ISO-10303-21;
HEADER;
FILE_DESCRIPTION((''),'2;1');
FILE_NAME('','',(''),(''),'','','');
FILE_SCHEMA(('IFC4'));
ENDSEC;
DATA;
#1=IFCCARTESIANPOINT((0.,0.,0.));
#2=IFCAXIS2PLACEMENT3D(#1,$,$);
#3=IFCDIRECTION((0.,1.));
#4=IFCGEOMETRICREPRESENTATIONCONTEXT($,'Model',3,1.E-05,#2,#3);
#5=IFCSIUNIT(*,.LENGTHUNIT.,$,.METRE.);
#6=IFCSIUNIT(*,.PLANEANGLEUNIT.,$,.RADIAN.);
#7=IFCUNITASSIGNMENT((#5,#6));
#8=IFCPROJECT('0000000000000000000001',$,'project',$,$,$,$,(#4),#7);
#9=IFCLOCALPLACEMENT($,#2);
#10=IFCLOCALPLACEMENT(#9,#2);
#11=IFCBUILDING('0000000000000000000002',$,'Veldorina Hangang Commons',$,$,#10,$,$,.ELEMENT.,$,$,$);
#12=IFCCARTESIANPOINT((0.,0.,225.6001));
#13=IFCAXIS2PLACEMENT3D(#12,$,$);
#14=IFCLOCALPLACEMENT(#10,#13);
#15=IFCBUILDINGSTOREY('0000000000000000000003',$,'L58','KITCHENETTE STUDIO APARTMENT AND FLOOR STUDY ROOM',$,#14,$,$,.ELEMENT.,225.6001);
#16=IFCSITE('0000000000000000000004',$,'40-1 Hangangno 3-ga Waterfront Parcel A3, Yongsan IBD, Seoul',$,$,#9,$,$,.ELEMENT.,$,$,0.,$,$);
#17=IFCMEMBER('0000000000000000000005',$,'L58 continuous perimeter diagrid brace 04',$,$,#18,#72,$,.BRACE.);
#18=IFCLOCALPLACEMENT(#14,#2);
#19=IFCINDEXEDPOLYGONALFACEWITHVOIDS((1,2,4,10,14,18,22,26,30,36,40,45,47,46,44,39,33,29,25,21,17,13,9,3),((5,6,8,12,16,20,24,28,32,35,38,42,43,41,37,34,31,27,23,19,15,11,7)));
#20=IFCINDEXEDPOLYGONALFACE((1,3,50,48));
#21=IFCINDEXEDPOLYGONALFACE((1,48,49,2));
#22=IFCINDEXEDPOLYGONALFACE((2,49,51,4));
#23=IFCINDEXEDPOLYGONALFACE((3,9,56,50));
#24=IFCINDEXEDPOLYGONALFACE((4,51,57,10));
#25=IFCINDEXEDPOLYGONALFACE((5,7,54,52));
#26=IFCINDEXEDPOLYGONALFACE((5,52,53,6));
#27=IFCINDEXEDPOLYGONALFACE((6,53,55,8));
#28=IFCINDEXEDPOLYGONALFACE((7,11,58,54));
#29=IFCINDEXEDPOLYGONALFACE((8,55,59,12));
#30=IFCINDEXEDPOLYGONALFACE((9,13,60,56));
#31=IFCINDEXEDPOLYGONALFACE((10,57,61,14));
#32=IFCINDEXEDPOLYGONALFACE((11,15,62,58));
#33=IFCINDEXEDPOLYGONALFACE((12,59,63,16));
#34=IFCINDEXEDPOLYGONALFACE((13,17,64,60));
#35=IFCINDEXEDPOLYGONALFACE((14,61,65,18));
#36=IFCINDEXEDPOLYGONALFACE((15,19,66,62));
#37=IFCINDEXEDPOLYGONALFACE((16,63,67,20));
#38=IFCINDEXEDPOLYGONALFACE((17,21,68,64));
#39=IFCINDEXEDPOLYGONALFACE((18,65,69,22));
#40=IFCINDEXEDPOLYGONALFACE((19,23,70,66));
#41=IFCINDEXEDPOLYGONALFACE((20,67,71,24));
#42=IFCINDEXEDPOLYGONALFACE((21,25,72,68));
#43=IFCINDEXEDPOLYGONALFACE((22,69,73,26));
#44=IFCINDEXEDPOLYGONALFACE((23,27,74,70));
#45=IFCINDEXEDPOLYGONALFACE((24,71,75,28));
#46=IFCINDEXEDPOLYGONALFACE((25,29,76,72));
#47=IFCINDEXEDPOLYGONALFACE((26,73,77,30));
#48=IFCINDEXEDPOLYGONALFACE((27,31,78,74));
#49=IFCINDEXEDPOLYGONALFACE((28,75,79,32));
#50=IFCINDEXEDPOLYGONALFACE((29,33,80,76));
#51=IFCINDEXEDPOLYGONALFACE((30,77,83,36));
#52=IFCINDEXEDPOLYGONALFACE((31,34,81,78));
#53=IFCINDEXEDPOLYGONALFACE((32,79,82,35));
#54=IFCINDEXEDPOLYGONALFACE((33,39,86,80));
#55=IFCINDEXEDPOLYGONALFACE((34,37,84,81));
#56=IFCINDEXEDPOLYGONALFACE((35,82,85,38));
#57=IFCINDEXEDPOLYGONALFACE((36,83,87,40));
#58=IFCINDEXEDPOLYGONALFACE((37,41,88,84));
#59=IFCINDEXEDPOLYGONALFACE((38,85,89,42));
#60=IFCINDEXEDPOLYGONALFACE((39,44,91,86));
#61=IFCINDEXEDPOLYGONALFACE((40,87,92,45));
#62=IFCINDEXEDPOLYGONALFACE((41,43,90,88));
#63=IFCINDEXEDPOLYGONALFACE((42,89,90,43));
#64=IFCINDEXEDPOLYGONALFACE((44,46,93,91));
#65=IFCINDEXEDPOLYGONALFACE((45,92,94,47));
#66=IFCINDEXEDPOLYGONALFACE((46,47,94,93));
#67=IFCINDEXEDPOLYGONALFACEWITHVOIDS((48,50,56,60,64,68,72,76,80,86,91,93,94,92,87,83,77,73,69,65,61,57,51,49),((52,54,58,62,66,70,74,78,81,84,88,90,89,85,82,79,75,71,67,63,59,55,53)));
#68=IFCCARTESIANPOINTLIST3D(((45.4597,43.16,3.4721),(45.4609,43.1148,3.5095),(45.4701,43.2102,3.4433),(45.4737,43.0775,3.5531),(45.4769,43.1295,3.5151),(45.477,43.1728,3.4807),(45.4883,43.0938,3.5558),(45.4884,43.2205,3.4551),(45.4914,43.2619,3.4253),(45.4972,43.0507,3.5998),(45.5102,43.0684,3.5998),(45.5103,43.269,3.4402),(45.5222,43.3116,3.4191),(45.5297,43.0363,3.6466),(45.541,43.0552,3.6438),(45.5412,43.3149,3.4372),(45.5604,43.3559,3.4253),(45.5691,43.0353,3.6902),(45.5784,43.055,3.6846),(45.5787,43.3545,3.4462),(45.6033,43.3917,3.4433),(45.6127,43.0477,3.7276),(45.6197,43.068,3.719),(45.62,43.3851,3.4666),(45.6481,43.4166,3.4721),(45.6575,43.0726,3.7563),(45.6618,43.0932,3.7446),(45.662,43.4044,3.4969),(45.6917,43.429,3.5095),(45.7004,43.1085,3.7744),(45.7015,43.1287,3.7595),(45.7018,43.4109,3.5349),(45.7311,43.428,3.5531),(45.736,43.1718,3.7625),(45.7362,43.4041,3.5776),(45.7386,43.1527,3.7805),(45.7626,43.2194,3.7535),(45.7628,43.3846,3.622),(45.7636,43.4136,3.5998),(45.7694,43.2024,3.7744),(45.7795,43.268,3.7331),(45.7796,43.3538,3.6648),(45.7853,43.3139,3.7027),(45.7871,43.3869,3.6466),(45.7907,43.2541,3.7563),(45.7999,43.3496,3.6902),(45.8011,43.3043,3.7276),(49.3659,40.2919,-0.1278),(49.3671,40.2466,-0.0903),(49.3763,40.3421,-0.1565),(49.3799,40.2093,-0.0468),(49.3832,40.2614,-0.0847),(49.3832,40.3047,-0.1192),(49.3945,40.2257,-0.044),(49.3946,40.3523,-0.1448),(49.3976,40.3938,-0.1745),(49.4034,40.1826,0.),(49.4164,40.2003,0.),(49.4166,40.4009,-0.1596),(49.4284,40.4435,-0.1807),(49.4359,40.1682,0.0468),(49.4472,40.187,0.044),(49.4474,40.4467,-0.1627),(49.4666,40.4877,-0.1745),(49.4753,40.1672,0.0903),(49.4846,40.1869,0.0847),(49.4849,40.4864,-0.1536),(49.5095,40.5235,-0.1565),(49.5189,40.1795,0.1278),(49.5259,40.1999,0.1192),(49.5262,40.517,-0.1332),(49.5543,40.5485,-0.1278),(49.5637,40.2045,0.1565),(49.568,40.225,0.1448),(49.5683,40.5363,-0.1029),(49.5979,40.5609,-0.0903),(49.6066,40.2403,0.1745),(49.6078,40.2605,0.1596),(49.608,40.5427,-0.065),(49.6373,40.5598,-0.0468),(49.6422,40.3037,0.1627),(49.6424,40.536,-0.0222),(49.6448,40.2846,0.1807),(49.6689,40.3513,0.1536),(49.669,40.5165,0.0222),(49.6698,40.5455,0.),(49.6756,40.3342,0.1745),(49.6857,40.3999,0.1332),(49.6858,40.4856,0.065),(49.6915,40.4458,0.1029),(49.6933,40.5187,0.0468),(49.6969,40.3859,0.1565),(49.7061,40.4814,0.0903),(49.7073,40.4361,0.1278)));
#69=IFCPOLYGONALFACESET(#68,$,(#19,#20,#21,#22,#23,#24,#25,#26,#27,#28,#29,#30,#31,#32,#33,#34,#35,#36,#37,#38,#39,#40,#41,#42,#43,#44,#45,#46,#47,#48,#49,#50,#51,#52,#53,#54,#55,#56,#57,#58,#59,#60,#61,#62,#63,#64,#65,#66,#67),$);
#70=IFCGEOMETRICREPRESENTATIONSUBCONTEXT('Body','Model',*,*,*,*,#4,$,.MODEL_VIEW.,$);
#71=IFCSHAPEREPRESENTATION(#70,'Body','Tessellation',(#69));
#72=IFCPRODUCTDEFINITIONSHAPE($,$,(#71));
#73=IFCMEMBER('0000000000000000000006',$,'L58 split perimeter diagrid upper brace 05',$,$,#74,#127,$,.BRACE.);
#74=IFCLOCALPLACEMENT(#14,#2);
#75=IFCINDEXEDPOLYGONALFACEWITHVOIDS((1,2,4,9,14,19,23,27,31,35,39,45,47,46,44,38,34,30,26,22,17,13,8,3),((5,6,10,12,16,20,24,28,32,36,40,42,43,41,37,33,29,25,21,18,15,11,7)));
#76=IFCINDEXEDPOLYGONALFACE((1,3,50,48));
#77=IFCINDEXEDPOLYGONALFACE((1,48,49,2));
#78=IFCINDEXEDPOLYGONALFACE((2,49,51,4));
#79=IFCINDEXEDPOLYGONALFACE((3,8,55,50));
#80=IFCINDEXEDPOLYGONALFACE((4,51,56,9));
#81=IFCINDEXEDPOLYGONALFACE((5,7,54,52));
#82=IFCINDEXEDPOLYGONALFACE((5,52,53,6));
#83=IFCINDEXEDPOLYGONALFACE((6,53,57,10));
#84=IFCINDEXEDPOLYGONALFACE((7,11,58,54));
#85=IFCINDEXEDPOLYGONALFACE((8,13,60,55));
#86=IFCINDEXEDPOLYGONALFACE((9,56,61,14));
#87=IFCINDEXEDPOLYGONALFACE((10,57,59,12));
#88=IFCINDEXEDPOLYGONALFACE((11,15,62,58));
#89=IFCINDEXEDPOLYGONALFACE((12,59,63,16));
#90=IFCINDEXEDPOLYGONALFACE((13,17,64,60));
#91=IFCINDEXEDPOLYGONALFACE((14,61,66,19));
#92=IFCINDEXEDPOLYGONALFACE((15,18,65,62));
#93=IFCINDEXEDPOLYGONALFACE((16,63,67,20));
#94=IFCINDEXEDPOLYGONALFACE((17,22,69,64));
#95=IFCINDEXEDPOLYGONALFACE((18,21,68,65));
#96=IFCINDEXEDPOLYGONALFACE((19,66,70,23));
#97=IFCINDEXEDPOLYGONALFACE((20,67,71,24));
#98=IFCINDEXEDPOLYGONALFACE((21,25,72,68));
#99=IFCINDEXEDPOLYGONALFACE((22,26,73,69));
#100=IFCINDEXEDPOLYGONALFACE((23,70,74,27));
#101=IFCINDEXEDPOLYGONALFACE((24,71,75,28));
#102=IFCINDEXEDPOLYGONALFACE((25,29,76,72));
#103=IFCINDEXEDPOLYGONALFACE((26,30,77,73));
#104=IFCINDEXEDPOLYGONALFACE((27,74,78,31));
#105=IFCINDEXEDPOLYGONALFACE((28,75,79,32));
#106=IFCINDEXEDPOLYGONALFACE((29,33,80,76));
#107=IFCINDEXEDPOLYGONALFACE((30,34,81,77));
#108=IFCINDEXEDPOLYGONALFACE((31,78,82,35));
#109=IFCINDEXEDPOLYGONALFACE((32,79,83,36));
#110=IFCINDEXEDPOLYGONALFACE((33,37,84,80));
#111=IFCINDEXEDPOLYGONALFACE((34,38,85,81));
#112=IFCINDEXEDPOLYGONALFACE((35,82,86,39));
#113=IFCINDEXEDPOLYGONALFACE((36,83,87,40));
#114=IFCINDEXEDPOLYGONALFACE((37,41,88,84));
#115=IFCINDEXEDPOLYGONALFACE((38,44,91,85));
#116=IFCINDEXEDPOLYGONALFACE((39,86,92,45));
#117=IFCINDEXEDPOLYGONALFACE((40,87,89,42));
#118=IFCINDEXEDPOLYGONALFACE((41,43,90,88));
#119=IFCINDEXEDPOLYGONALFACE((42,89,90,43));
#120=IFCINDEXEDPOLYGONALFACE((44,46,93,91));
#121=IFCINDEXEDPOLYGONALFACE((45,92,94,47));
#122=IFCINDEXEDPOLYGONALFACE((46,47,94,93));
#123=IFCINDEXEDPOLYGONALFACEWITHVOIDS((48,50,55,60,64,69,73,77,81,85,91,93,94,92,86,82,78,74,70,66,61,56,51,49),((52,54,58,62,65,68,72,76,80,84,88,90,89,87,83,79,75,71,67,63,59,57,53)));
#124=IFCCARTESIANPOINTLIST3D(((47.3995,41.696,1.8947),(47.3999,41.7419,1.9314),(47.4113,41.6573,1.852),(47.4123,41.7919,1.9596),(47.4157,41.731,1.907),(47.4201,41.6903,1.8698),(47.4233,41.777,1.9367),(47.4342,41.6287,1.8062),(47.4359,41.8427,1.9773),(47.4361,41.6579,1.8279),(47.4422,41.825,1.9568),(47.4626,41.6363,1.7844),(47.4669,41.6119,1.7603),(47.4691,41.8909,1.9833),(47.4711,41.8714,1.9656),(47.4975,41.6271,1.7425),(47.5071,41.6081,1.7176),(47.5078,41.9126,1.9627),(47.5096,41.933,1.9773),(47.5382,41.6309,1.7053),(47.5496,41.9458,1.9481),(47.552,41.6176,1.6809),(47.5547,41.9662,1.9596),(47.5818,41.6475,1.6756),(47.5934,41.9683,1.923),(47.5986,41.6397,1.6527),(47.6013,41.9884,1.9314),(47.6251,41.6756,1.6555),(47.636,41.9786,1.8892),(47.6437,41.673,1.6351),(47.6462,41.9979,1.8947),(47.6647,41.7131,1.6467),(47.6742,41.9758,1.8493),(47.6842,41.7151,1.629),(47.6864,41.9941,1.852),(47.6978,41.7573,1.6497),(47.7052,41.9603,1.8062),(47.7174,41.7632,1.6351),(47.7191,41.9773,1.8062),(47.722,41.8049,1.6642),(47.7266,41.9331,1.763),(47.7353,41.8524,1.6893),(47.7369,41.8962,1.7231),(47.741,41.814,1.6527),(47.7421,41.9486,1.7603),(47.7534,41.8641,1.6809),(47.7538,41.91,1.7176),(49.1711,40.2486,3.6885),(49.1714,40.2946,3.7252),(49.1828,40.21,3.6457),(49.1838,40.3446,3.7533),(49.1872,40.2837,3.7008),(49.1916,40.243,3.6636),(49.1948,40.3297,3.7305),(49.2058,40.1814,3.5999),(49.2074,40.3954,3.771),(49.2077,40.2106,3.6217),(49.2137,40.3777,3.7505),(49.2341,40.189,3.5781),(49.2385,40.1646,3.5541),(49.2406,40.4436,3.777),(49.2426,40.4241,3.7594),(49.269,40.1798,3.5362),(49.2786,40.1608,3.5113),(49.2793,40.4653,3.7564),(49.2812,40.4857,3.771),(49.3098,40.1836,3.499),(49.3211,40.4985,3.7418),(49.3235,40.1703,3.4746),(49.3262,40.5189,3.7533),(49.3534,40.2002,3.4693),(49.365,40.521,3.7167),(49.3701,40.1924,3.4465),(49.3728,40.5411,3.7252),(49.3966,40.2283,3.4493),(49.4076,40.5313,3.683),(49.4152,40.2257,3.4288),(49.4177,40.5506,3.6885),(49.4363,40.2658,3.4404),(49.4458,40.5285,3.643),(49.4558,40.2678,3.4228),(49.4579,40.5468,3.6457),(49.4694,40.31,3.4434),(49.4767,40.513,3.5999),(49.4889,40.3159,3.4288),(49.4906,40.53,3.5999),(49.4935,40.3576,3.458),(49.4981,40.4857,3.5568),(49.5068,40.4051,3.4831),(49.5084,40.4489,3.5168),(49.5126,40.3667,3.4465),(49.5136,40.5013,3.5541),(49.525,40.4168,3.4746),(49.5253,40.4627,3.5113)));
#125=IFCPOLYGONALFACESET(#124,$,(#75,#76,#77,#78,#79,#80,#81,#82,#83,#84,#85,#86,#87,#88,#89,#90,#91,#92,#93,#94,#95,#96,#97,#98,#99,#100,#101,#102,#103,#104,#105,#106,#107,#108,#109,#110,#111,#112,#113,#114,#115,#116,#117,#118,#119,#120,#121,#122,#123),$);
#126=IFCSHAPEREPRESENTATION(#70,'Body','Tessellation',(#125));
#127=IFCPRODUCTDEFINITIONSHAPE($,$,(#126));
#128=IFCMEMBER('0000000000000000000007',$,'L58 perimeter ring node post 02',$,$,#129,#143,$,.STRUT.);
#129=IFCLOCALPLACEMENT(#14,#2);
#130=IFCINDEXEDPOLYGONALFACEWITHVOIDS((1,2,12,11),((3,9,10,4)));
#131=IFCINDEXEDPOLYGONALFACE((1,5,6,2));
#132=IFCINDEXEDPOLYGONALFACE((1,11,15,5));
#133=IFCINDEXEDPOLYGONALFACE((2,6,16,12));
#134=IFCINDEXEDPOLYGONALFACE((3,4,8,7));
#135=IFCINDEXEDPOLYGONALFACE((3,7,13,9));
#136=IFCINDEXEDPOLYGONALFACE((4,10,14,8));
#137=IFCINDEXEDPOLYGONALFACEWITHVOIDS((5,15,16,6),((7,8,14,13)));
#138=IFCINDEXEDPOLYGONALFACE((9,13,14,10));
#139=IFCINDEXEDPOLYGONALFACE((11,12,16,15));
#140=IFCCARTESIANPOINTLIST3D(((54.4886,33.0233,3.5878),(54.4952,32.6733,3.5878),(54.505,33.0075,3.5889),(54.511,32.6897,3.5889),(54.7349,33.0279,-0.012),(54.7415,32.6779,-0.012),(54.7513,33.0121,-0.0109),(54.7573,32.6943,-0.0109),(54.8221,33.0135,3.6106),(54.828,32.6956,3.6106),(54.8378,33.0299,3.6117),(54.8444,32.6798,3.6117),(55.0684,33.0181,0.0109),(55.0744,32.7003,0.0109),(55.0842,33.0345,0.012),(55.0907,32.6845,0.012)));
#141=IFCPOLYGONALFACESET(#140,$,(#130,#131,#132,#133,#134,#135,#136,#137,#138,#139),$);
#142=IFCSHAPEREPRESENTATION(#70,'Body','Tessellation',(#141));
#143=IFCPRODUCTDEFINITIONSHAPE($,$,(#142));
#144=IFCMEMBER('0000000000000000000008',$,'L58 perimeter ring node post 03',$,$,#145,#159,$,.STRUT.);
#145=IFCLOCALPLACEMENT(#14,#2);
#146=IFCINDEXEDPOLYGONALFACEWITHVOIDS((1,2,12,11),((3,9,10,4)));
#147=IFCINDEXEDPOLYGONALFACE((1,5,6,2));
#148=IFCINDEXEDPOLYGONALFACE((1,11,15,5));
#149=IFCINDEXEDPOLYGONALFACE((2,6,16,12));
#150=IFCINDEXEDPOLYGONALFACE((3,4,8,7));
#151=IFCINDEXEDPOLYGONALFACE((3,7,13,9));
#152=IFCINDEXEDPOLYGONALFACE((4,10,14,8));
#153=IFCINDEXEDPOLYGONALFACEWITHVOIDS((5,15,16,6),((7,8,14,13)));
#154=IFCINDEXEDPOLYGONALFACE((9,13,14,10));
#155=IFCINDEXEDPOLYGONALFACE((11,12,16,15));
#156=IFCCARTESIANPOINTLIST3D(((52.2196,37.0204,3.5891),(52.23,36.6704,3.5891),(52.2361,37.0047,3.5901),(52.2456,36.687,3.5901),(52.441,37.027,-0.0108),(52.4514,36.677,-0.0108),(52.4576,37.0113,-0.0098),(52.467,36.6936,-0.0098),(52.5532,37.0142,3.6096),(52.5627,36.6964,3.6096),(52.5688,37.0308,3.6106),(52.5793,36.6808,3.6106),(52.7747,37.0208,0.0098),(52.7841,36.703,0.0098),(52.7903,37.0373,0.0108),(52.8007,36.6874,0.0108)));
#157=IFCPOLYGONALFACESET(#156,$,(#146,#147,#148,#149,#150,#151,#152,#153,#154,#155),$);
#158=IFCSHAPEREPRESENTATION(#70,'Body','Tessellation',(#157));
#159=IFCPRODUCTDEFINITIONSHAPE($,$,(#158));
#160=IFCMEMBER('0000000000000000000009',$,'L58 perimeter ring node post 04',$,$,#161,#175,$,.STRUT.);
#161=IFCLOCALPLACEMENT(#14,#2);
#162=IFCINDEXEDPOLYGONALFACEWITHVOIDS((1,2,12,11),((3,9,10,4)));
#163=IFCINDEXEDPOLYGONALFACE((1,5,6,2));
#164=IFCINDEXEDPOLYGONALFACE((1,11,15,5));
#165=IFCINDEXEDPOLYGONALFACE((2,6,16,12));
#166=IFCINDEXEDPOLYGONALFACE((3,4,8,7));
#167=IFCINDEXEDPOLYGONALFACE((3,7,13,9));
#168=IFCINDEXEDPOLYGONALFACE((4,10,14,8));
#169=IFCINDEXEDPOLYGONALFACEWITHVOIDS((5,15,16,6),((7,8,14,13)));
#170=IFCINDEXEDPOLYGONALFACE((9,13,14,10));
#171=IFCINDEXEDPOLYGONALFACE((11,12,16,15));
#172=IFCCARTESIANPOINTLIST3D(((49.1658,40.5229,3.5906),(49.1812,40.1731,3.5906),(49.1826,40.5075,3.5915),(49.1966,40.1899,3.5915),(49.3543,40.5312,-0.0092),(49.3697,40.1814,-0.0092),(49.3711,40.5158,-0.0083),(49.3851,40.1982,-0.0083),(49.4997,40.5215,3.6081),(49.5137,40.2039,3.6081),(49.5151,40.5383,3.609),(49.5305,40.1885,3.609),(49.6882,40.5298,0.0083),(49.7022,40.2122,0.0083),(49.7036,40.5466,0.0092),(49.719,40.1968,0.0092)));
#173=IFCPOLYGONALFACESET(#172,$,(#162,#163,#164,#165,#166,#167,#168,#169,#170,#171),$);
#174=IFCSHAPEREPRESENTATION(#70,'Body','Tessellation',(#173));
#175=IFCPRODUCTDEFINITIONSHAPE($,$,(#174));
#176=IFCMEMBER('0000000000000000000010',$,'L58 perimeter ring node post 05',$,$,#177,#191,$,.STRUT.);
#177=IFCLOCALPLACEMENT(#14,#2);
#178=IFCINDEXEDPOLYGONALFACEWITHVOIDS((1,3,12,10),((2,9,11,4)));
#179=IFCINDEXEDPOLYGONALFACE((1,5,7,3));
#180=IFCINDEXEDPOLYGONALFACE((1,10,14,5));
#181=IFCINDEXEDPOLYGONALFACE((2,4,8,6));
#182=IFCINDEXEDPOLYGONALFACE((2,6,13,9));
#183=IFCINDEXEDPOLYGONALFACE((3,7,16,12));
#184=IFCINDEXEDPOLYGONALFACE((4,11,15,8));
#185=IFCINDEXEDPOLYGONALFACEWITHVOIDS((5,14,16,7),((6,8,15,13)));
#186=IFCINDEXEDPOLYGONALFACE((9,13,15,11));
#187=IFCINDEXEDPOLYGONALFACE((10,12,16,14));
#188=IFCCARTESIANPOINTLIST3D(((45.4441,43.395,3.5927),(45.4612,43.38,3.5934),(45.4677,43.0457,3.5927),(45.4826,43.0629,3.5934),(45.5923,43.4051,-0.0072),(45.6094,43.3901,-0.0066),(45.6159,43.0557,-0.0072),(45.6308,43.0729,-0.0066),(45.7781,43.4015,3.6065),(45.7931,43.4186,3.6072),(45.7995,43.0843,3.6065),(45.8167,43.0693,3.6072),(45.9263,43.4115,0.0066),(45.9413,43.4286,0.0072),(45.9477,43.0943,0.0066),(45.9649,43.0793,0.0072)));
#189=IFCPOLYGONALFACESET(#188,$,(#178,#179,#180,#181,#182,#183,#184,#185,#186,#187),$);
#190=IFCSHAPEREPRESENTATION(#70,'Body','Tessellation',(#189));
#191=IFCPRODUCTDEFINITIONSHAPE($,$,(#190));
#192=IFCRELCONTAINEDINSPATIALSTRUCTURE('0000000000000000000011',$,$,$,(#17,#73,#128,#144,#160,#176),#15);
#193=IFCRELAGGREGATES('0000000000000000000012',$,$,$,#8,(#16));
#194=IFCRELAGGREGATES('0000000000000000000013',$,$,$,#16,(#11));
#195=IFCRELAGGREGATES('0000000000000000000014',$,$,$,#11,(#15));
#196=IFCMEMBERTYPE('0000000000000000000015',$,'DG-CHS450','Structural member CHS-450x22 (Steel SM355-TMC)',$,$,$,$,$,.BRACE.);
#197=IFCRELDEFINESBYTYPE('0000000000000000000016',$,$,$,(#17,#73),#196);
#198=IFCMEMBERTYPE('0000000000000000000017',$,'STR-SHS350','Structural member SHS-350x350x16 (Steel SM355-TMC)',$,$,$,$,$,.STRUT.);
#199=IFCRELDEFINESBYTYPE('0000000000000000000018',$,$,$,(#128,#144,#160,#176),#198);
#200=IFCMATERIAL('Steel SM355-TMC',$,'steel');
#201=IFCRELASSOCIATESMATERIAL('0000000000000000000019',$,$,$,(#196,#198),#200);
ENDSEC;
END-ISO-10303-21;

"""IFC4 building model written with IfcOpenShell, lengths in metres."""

from ifc_helpers import new_model, si_unit, direction, frame, origin, origin_2d, place, context, subcontext, project, spatial, hollow_rectangle, hollow_circle, extrude, material, material_profile, profile_set, type_object, element, save


model = new_model("IFC4")

# Units and contexts
model_context = context("Model", 3, precision=1e-05, world=origin(), true_north=direction((0.0, 1.0)))
body_context = subcontext(model_context, "Body", "Model", "MODEL_VIEW")
ifc_project = project(units=[si_unit("LENGTHUNIT", "METRE"), si_unit("PLANEANGLEUNIT", "RADIAN")], contexts=[model_context])

# Site, building, storey
site_placement = place(None, origin())
site = spatial("IfcSite", under=ifc_project, at=site_placement, Name="40-1 Hangangno 3-ga Waterfront Parcel A3, Yongsan IBD, Seoul", CompositionType="ELEMENT", RefElevation=0.0)
building_placement = place(site_placement, origin())
building = spatial("IfcBuilding", under=site, at=building_placement, Name="Veldorina Hangang Commons", CompositionType="ELEMENT")
storey_placement = place(building_placement, frame((0.0, 0.0, 225.6001)))
storey = spatial("IfcBuildingStorey", under=building, at=storey_placement, Name="L58", Description="KITCHENETTE STUDIO APARTMENT AND FLOOR STUDY ROOM", CompositionType="ELEMENT", Elevation=225.6001)

# Shared definitions
ifc_material_1 = material(Name="Steel SM355-TMC", Category="steel")

# Members
ifc_material_profile_1 = material_profile(ifc_material_1, hollow_circle(Radius=0.2251, WallThickness=0.022, at=origin_2d()), Name="CHS-450x22")
ifc_profile_set_1 = profile_set([ifc_material_profile_1], Name="Steel SM355-TMC")
member_type_1 = type_object("IfcMemberType", Name="DG-CHS450", Description="Structural member CHS-450x22 (Steel SM355-TMC)", PredefinedType="BRACE", material=ifc_profile_set_1)
member_1_placement = place(storey_placement, frame((49.5366, 40.364, 0.0), z_axis=(-0.647063, 0.475106, 0.596309), x_axis=(-0.591844, -0.806052, 0.0)))
element("IfcMember", 1, at=member_1_placement, inside=storey, type_object=member_type_1, Name="L58 continuous perimeter diagrid brace 04", PredefinedType="BRACE", context=body_context, shape_type="SweptSolid", body=[
    extrude(hollow_circle(Radius=0.2251, WallThickness=0.022, at=origin_2d()), origin(), (0.0, 0.0, 1.0), 6.0369),
])
member_2_placement = place(storey_placement, frame((47.5767, 41.803, 1.8062), z_axis=(0.609406, -0.497872, 0.617048), x_axis=(0.63268, 0.774414, 0.0)))
element("IfcMember", 2, at=member_2_placement, inside=storey, type_object=member_type_1, Name="L58 split perimeter diagrid upper brace 05", PredefinedType="BRACE", context=body_context, shape_type="SweptSolid", body=[
    extrude(hollow_circle(Radius=0.2251, WallThickness=0.022, at=origin_2d()), origin(), (0.0, 0.0, 1.0), 2.907),
])
ifc_material_profile_2 = material_profile(ifc_material_1, hollow_rectangle(XDim=0.3501, YDim=0.3501, WallThickness=0.0161, at=origin_2d()), Name="SHS-350x350x16")
ifc_profile_set_2 = profile_set([ifc_material_profile_2], Name="Steel SM355-TMC")
member_type_2 = type_object("IfcMemberType", Name="STR-SHS350", Description="Structural member SHS-350x350x16 (Steel SM355-TMC)", PredefinedType="STRUT", material=ifc_profile_set_2)
member_3_placement = place(storey_placement, frame((54.9128, 32.8562, 0.0), z_axis=(-0.06827, -0.001286, 0.997666), x_axis=(0.018827, -0.999823, 0.0)))
element("IfcMember", 3, at=member_3_placement, inside=storey, type_object=member_type_2, Name="L58 perimeter ring node post 02", PredefinedType="STRUT", context=body_context, shape_type="SweptSolid", body=[
    extrude(hollow_rectangle(XDim=0.3501, YDim=0.3501, WallThickness=0.0161, at=origin_2d()), origin(), (0.0, 0.0, 1.0), 3.6082),
])
member_4_placement = place(storey_placement, frame((52.6208, 36.8572, 0.0), z_axis=(-0.061396, -0.001828, 0.998112), x_axis=(0.029755, -0.999557, 0.0)))
element("IfcMember", 4, at=member_4_placement, inside=storey, type_object=member_type_2, Name="L58 perimeter ring node post 03", PredefinedType="STRUT", context=body_context, shape_type="SweptSolid", body=[
    extrude(hollow_rectangle(XDim=0.3501, YDim=0.3501, WallThickness=0.0161, at=origin_2d()), origin(), (0.0, 0.0, 1.0), 3.6067),
])
member_5_placement = place(storey_placement, frame((49.5366, 40.364, 0.0), z_axis=(-0.052285, -0.002303, 0.99863), x_axis=(0.043999, -0.999032, 0.0)))
element("IfcMember", 5, at=member_5_placement, inside=storey, type_object=member_type_2, Name="L58 perimeter ring node post 04", PredefinedType="STRUT", context=body_context, shape_type="SweptSolid", body=[
    extrude(hollow_rectangle(XDim=0.3501, YDim=0.3501, WallThickness=0.0161, at=origin_2d()), origin(), (0.0, 0.0, 1.0), 3.6047),
])
member_6_placement = place(storey_placement, frame((45.7786, 43.2422, 0.0), z_axis=(-0.041132, -0.002778, 0.99915), x_axis=(0.067392, -0.997727, 0.0)))
element("IfcMember", 6, at=member_6_placement, inside=storey, type_object=member_type_2, Name="L58 perimeter ring node post 05", PredefinedType="STRUT", context=body_context, shape_type="SweptSolid", body=[
    extrude(hollow_rectangle(XDim=0.3501, YDim=0.3501, WallThickness=0.0161, at=origin_2d()), origin(), (0.0, 0.0, 1.0), 3.603),
])

save(model, "model.ifc")
